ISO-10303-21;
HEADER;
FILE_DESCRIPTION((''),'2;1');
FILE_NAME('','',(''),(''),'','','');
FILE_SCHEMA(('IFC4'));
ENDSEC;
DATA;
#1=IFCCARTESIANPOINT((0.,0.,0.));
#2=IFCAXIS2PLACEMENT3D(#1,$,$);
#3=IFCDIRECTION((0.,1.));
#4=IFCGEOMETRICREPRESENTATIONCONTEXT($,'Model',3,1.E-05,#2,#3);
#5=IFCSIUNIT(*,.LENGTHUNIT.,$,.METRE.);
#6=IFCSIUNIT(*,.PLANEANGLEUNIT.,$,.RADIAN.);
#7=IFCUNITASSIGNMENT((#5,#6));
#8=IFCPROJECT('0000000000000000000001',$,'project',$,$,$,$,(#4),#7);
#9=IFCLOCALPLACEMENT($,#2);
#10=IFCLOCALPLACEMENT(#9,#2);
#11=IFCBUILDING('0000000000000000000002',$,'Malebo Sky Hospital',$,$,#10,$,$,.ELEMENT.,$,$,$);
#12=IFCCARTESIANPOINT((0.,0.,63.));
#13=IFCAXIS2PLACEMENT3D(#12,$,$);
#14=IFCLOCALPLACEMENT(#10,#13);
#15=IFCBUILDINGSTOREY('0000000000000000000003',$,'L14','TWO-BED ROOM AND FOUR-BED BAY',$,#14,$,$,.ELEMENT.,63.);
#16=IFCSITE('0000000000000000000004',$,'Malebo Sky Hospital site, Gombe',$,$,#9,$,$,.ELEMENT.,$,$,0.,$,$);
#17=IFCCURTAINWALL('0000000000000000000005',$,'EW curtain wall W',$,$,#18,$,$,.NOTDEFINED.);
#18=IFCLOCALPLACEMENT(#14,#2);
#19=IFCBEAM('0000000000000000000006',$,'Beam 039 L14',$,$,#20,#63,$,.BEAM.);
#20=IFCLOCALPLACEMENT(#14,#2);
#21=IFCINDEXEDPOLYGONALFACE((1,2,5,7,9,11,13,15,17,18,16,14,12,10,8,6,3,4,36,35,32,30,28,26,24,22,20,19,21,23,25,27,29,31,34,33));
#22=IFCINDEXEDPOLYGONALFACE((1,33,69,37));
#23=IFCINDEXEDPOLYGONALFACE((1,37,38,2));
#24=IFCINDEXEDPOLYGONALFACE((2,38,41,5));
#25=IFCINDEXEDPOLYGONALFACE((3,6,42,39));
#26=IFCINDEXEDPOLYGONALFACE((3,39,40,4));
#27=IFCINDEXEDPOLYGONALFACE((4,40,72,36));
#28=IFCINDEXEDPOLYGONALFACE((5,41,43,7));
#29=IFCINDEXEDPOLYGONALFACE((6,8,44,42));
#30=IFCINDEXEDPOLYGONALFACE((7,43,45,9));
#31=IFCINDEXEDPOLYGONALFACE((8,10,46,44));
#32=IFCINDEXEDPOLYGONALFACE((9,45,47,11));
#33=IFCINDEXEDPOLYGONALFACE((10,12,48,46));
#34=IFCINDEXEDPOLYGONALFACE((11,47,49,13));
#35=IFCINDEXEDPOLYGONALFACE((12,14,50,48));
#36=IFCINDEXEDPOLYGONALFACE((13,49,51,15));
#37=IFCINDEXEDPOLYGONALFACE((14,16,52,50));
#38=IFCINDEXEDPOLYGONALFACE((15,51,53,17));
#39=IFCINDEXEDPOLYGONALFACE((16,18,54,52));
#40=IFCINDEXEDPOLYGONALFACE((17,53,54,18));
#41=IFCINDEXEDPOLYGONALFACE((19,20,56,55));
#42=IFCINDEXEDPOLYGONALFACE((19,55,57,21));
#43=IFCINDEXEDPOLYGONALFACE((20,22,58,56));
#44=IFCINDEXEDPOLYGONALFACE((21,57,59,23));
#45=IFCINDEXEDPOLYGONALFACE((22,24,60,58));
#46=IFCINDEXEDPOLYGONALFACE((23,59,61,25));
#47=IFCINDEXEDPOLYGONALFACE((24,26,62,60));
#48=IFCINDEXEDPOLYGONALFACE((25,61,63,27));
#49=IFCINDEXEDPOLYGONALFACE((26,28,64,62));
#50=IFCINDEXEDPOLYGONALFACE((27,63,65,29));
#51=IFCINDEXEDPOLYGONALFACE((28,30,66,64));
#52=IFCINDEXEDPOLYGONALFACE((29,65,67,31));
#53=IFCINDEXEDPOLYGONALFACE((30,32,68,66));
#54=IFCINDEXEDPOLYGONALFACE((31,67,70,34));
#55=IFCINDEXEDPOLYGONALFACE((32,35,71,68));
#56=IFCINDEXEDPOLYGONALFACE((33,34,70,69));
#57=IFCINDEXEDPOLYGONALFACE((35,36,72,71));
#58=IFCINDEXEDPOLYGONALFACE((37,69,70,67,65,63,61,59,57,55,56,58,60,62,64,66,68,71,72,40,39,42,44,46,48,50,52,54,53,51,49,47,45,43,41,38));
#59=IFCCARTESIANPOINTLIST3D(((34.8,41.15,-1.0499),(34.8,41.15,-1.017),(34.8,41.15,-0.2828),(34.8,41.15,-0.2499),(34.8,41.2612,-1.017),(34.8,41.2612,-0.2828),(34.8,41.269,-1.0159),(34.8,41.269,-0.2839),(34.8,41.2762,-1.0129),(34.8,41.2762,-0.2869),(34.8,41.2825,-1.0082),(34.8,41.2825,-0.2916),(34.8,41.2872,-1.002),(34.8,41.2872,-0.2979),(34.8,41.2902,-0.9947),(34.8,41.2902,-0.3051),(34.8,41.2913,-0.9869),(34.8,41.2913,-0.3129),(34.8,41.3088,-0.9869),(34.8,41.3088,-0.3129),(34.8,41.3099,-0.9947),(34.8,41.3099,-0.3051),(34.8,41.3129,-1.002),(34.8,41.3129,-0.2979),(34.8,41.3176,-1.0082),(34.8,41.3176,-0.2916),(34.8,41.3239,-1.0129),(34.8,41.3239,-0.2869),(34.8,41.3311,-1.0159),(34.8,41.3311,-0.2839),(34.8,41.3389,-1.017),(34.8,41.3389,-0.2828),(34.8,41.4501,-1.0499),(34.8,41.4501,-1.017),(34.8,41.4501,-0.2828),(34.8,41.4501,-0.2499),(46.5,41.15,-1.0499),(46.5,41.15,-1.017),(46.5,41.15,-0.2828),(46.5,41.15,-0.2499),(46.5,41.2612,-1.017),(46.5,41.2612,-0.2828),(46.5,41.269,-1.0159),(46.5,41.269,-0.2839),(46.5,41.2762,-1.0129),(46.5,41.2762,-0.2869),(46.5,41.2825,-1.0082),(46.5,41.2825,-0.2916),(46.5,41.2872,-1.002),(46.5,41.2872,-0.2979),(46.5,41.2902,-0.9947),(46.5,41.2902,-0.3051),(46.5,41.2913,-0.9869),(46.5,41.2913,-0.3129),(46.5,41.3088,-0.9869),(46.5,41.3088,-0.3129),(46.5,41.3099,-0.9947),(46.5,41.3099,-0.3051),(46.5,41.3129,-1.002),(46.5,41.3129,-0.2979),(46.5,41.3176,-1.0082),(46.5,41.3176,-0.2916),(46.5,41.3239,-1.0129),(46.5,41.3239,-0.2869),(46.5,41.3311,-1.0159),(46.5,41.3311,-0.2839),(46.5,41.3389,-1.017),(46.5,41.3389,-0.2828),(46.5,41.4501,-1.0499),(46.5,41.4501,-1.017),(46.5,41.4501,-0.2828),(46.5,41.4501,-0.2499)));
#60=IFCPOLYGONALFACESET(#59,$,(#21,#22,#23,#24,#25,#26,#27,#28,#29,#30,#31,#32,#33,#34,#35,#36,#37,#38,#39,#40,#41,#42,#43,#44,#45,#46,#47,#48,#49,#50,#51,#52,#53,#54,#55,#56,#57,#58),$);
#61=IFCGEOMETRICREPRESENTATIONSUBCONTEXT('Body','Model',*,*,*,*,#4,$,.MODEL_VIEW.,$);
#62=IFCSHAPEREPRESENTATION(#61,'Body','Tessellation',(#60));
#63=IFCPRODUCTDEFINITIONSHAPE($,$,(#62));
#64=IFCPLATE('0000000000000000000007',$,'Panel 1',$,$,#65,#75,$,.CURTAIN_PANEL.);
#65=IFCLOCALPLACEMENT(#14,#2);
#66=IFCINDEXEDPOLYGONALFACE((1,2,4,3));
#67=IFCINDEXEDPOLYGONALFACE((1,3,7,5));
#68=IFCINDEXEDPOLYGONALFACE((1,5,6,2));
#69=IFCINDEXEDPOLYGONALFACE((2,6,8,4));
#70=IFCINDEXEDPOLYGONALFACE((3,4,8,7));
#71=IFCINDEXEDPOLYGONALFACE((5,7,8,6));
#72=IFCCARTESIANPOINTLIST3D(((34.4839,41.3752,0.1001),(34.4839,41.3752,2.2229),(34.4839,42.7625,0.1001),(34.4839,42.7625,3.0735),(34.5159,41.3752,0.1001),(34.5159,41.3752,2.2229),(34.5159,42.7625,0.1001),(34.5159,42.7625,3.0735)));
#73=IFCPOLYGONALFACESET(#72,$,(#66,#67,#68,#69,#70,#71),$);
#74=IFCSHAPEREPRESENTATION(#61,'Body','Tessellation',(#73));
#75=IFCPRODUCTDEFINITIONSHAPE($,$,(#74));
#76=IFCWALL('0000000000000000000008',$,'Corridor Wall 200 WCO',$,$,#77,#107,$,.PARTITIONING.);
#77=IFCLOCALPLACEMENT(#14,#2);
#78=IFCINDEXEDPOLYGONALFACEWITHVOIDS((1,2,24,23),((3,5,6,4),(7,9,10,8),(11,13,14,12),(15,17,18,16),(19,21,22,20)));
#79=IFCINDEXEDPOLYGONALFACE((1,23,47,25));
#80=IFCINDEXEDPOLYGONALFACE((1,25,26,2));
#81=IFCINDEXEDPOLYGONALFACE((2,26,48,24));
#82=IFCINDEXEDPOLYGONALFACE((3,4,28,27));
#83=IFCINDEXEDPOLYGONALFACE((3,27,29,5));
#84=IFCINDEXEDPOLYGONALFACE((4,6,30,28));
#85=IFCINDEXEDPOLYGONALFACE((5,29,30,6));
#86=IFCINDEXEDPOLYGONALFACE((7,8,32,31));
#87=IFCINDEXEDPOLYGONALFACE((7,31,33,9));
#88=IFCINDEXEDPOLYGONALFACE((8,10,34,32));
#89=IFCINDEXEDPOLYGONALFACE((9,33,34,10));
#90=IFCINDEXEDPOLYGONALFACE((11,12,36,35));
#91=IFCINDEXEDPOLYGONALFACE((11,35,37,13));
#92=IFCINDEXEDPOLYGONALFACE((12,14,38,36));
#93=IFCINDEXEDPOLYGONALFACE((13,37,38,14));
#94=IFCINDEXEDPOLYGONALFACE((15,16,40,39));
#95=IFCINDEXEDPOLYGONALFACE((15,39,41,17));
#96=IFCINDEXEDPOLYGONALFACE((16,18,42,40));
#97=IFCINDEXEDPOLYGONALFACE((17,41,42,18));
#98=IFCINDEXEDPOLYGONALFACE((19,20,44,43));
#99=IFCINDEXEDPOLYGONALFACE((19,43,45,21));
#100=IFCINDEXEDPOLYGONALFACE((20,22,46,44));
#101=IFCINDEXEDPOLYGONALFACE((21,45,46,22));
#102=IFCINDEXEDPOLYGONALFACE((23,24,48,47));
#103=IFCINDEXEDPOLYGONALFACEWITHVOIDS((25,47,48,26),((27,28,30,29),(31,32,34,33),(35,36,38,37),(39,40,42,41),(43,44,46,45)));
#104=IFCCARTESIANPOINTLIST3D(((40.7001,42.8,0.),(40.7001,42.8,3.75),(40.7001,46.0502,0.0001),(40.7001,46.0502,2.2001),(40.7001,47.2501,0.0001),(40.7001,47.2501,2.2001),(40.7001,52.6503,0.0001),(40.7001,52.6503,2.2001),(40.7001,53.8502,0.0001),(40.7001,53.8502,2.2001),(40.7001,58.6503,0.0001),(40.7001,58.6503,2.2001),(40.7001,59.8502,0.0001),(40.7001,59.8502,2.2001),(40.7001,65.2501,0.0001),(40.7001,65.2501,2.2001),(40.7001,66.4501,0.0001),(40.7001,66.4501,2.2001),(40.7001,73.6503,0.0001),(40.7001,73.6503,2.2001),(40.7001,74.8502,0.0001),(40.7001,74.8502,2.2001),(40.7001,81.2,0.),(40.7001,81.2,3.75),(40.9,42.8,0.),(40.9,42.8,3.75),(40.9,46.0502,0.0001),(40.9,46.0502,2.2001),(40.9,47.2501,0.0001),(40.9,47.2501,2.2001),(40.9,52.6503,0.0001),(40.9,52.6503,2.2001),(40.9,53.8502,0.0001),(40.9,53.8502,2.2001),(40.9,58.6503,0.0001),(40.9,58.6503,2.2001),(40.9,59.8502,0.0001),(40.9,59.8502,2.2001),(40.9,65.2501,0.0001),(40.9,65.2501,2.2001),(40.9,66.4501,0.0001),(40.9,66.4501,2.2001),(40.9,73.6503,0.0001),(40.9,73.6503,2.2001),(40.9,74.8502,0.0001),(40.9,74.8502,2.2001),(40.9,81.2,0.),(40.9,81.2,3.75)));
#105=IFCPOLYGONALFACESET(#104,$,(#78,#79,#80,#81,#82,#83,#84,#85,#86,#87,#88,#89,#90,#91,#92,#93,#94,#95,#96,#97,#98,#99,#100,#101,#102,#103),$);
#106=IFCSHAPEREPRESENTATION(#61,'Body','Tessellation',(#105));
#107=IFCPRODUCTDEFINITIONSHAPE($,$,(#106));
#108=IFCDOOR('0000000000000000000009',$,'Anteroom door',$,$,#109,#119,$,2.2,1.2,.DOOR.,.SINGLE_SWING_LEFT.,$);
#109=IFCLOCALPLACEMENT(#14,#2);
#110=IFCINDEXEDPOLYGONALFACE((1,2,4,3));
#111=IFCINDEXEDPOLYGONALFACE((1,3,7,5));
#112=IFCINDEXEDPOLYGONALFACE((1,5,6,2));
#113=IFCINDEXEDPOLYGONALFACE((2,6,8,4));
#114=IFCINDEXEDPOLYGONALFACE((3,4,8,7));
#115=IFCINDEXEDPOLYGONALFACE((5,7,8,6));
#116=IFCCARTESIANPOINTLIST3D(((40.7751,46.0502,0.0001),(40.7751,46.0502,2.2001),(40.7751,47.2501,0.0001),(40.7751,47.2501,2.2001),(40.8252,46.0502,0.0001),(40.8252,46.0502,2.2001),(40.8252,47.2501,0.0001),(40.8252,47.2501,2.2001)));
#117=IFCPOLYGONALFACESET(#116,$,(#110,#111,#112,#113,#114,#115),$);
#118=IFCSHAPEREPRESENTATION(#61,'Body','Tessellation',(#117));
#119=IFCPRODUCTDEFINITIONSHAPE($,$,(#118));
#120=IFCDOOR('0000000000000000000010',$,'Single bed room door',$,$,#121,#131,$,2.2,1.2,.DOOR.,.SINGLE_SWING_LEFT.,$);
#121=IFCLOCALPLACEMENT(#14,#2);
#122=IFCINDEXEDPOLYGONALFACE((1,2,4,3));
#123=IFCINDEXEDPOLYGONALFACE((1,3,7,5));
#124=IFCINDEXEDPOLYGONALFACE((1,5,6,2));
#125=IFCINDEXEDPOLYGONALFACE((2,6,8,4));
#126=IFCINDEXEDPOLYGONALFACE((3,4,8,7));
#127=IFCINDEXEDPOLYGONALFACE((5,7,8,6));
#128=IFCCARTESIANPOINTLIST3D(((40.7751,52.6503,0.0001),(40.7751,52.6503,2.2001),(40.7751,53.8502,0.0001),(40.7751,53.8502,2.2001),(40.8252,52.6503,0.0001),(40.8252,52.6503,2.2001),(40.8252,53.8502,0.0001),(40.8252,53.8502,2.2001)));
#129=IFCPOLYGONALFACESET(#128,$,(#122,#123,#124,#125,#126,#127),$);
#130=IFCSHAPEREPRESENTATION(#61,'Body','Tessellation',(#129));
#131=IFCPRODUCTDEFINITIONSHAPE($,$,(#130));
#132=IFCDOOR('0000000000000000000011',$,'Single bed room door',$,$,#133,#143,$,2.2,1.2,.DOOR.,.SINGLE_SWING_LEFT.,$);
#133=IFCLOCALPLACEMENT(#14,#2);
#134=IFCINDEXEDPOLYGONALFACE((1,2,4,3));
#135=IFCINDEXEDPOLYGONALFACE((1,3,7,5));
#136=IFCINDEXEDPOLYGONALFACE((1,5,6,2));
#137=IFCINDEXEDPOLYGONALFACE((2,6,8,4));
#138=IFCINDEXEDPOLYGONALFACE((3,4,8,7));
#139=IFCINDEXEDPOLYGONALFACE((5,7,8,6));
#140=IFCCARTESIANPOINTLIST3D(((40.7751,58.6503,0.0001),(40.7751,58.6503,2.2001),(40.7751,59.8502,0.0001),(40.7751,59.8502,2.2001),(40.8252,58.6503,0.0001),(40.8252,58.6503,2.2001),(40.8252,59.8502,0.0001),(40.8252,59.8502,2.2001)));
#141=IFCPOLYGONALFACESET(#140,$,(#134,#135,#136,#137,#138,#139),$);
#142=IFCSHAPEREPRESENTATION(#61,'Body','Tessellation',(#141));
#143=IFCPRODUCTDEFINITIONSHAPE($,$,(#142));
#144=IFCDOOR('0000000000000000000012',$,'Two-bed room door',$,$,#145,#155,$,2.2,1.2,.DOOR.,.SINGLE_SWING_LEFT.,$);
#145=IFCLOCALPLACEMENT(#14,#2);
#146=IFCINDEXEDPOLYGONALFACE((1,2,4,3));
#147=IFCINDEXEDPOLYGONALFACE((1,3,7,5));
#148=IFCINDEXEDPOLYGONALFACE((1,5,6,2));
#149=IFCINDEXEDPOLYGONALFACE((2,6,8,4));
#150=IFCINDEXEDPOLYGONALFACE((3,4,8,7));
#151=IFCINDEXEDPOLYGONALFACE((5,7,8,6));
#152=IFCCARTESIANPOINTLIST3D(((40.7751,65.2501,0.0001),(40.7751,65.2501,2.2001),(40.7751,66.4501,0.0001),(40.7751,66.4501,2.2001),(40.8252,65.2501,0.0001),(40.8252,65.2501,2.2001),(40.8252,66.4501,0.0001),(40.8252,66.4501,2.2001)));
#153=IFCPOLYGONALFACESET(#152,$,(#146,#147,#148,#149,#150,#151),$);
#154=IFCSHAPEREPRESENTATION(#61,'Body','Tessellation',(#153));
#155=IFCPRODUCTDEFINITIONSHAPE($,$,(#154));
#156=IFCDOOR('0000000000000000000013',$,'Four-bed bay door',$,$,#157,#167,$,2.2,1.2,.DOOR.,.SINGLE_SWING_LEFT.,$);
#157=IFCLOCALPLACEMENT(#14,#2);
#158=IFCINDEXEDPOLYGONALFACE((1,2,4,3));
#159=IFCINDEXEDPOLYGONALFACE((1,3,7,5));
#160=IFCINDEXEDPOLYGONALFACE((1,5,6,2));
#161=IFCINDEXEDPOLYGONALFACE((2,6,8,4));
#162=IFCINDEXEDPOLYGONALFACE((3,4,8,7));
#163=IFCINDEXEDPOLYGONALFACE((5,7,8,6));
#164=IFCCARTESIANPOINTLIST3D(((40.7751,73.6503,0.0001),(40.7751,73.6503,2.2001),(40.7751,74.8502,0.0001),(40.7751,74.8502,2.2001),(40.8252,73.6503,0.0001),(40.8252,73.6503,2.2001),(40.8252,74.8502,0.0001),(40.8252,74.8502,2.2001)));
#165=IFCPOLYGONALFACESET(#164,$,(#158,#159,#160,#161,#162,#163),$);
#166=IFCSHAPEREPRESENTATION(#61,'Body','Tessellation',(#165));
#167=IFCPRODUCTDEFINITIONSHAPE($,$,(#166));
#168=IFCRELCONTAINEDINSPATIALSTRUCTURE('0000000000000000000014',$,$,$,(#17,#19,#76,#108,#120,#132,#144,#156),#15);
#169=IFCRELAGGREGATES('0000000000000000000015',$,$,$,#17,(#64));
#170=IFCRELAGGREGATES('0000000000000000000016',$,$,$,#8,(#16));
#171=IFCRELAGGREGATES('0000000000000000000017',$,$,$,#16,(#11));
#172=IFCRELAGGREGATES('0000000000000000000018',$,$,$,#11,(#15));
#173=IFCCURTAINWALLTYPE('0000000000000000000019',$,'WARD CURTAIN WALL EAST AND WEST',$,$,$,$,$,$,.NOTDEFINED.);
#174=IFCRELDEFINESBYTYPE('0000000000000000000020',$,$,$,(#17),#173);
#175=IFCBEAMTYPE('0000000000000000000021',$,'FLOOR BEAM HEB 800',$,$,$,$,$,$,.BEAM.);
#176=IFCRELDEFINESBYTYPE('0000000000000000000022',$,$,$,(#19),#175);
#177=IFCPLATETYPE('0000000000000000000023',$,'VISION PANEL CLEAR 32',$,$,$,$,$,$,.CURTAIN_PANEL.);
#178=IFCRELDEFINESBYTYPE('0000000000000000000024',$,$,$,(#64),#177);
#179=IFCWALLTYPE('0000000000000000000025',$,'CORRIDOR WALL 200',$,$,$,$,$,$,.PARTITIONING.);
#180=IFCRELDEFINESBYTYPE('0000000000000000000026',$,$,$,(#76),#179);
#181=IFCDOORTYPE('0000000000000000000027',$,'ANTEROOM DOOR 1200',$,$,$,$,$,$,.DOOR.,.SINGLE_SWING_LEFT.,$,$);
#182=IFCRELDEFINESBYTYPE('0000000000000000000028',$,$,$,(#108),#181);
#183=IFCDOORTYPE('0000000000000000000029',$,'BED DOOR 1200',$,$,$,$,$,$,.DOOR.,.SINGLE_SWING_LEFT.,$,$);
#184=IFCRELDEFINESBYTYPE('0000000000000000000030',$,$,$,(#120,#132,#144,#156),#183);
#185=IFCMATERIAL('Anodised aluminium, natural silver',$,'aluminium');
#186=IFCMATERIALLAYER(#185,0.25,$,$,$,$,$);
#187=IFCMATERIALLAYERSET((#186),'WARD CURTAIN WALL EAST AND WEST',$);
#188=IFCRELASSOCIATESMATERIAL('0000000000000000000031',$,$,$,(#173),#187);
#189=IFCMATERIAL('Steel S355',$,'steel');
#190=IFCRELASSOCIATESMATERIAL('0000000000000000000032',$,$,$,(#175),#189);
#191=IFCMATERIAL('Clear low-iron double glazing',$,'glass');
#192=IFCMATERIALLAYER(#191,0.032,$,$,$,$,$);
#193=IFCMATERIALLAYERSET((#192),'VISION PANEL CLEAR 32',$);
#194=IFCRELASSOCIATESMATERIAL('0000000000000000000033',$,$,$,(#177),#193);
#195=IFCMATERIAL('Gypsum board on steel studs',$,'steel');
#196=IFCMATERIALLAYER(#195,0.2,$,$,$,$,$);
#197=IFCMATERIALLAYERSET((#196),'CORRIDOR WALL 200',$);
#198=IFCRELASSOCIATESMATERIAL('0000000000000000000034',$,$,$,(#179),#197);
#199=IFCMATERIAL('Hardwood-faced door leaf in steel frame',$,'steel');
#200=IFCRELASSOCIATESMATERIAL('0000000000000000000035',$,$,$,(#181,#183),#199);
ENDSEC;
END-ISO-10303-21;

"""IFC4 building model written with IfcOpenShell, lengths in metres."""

from ifc_helpers import new_model, si_unit, direction, frame, frame_2d, origin, origin_2d, place, context, subcontext, project, spatial, polyline, rectangle, i_section, outline, extrude, material, layer, layer_set, material_profile, profile_set, type_object, element, fill, aggregate, save


model = new_model("IFC4")

# Units and contexts
model_context = context("Model", 3, precision=1e-05, world=origin(), true_north=direction((0.0, 1.0)))
body_context = subcontext(model_context, "Body", "Model", "MODEL_VIEW")
ifc_project = project(units=[si_unit("LENGTHUNIT", "METRE"), si_unit("PLANEANGLEUNIT", "RADIAN")], contexts=[model_context])

# Site, building, storey
site_placement = place(None, origin())
site = spatial("IfcSite", under=ifc_project, at=site_placement, Name="Malebo Sky Hospital site, Gombe", CompositionType="ELEMENT", RefElevation=0.0)
building_placement = place(site_placement, origin())
building = spatial("IfcBuilding", under=site, at=building_placement, Name="Malebo Sky Hospital", CompositionType="ELEMENT")
storey_placement = place(building_placement, frame((0.0, 0.0, 63.0)))
storey = spatial("IfcBuildingStorey", under=building, at=storey_placement, Name="L14", Description="TWO-BED ROOM AND FOUR-BED BAY", CompositionType="ELEMENT", Elevation=63.0)

# Curtain wall
ifc_material_1 = material(Name="Anodised aluminium, natural silver", Category="aluminium")
ifc_layer_1 = layer(ifc_material_1, 0.25)
ifc_layer_set_1 = layer_set([ifc_layer_1], Name="WARD CURTAIN WALL EAST AND WEST")
curtain_wall_type = type_object("IfcCurtainWallType", Name="WARD CURTAIN WALL EAST AND WEST", PredefinedType="NOTDEFINED", material=ifc_layer_set_1)
curtain_wall_placement = place(storey_placement, origin())
curtain_wall = element("IfcCurtainWall", 1, at=curtain_wall_placement, inside=storey, type_object=curtain_wall_type, Name="EW curtain wall W", PredefinedType="NOTDEFINED")

# Beam
ifc_material_2 = material(Name="Steel S355", Category="steel")
ifc_material_profile_1 = material_profile(ifc_material_2, i_section(OverallWidth=0.3, OverallDepth=0.8, WebThickness=0.0176, FlangeThickness=0.033, FilletRadius=0.03, at=origin_2d()), Name="HEB 800")
ifc_profile_set_1 = profile_set([ifc_material_profile_1], Name="Steel S355")
beam_type_1 = type_object("IfcBeamType", Name="FLOOR BEAM HEB 800", PredefinedType="BEAM", material=ifc_profile_set_1)
for number, where, z_axis, x_axis, name in (
    (2, (34.8, 41.3, -0.6499), (1.0, 0.0, 0.0), (0.0, 1.0, 0.0), "Beam 039 L14"),
):
    element("IfcBeam", number, at=place(storey_placement, frame(where, z_axis=z_axis, x_axis=x_axis)), inside=storey, type_object=beam_type_1, Name=name, PredefinedType="BEAM", context=body_context, shape_type="SweptSolid", body=[
        extrude(i_section(OverallWidth=0.3, OverallDepth=0.8, WebThickness=0.0176, FlangeThickness=0.033, FilletRadius=0.03, at=origin_2d()), origin(), (0.0, 0.0, 1.0), 11.7),
    ])

# Plate
ifc_material_3 = material(Name="Clear low-iron double glazing", Category="glass")
ifc_layer_2 = layer(ifc_material_3, 0.032)
ifc_layer_set_2 = layer_set([ifc_layer_2], Name="VISION PANEL CLEAR 32")
plate_type = type_object("IfcPlateType", Name="VISION PANEL CLEAR 32", PredefinedType="CURTAIN_PANEL", material=ifc_layer_set_2)
plate_placement = place(storey_placement, frame((34.5, 42.0688, 0.1001), z_axis=(0.0, 0.0, 1.0), x_axis=(0.0, 1.0, 0.0)))
plate = element("IfcPlate", 3, at=plate_placement, type_object=plate_type, Name="Panel 1", PredefinedType="CURTAIN_PANEL", context=body_context, shape_type="SweptSolid", body=[
    extrude(outline(polyline([(-0.6936, 0.0), (0.6936, 0.0), (0.6936, 2.9734), (-0.6936, 2.1228), (-0.6936, 0.0)])), frame((0.0, 0.0161, 0.0), z_axis=(0.0, -1.0, 0.0), x_axis=(1.0, 0.0, 0.0)), (0.0, 0.0, 1.0), 0.032),
])
aggregate(curtain_wall, [plate])

# Wall, openings, doors
ifc_material_4 = material(Name="Gypsum board on steel studs", Category="steel")
ifc_layer_3 = layer(ifc_material_4, 0.2)
ifc_layer_set_3 = layer_set([ifc_layer_3], Name="CORRIDOR WALL 200")
wall_type_1 = type_object("IfcWallType", Name="CORRIDOR WALL 200", PredefinedType="PARTITIONING", material=ifc_layer_set_3)
wall_1_placement = place(storey_placement, frame((40.8, 42.8, 0.0), z_axis=(0.0, 0.0, 1.0), x_axis=(0.0, 1.0, 0.0)))
wall_1 = element("IfcWall", 4, at=wall_1_placement, inside=storey, type_object=wall_type_1, Name="Corridor Wall 200 WCO", PredefinedType="PARTITIONING", context=body_context, shape_type="SweptSolid", body=[
    extrude(rectangle(XDim=38.3999, YDim=0.2, at=frame_2d((19.2, 0.0))), origin(), (0.0, 0.0, 1.0), 3.75),
])
opening_1_placement = place(wall_1_placement, frame((3.25, 0.0, 0.0)))
opening_1 = element("IfcOpeningElement", 5, at=opening_1_placement, cuts=wall_1, PredefinedType="OPENING", context=body_context, shape_type="SweptSolid", body=[
    extrude(rectangle(XDim=1.2, YDim=2.2, at=frame_2d((0.6001, 1.1001))), frame((0.0, 0.1099, 0.0), z_axis=(0.0, -1.0, 0.0), x_axis=(1.0, 0.0, 0.0)), (0.0, 0.0, 1.0), 0.22),
])
opening_2_placement = place(wall_1_placement, frame((9.8501, 0.0, 0.0)))
opening_2 = element("IfcOpeningElement", 6, at=opening_2_placement, cuts=wall_1, PredefinedType="OPENING", context=body_context, shape_type="SweptSolid", body=[
    extrude(rectangle(XDim=1.2, YDim=2.2, at=frame_2d((0.6001, 1.1001))), frame((0.0, 0.1099, 0.0), z_axis=(0.0, -1.0, 0.0), x_axis=(1.0, 0.0, 0.0)), (0.0, 0.0, 1.0), 0.22),
])
opening_3_placement = place(wall_1_placement, frame((15.8501, 0.0, 0.0)))
opening_3 = element("IfcOpeningElement", 7, at=opening_3_placement, cuts=wall_1, PredefinedType="OPENING", context=body_context, shape_type="SweptSolid", body=[
    extrude(rectangle(XDim=1.2, YDim=2.2, at=frame_2d((0.6001, 1.1001))), frame((0.0, 0.1099, 0.0), z_axis=(0.0, -1.0, 0.0), x_axis=(1.0, 0.0, 0.0)), (0.0, 0.0, 1.0), 0.22),
])
opening_4_placement = place(wall_1_placement, frame((22.45, 0.0, 0.0)))
opening_4 = element("IfcOpeningElement", 8, at=opening_4_placement, cuts=wall_1, PredefinedType="OPENING", context=body_context, shape_type="SweptSolid", body=[
    extrude(rectangle(XDim=1.2, YDim=2.2, at=frame_2d((0.6001, 1.1001))), frame((0.0, 0.1099, 0.0), z_axis=(0.0, -1.0, 0.0), x_axis=(1.0, 0.0, 0.0)), (0.0, 0.0, 1.0), 0.22),
])
opening_5_placement = place(wall_1_placement, frame((30.8501, 0.0, 0.0)))
opening_5 = element("IfcOpeningElement", 9, at=opening_5_placement, cuts=wall_1, PredefinedType="OPENING", context=body_context, shape_type="SweptSolid", body=[
    extrude(rectangle(XDim=1.2, YDim=2.2, at=frame_2d((0.6001, 1.1001))), frame((0.0, 0.1099, 0.0), z_axis=(0.0, -1.0, 0.0), x_axis=(1.0, 0.0, 0.0)), (0.0, 0.0, 1.0), 0.22),
])
ifc_material_5 = material(Name="Hardwood-faced door leaf in steel frame", Category="steel")
door_type_1 = type_object("IfcDoorType", Name="ANTEROOM DOOR 1200", OperationType="SINGLE_SWING_LEFT", PredefinedType="DOOR", material=ifc_material_5)
door_1_placement = place(opening_1_placement, origin())
door_1 = element("IfcDoor", 10, at=door_1_placement, inside=storey, type_object=door_type_1, Name="Anteroom door", OperationType="SINGLE_SWING_LEFT", OverallHeight=2.2, OverallWidth=1.2, PredefinedType="DOOR", context=body_context, shape_type="SweptSolid", body=[
    extrude(rectangle(XDim=1.2, YDim=2.2, at=frame_2d((0.6001, 1.1001))), frame((0.0, 0.0249, 0.0), z_axis=(0.0, -1.0, 0.0), x_axis=(1.0, 0.0, 0.0)), (0.0, 0.0, 1.0), 0.05),
])
fill(opening_1, door_1)
door_type_2 = type_object("IfcDoorType", Name="BED DOOR 1200", OperationType="SINGLE_SWING_LEFT", PredefinedType="DOOR", material=ifc_material_5)
door_2_placement = place(opening_2_placement, origin())
door_2 = element("IfcDoor", 11, at=door_2_placement, inside=storey, type_object=door_type_2, Name="Single bed room door", OperationType="SINGLE_SWING_LEFT", OverallHeight=2.2, OverallWidth=1.2, PredefinedType="DOOR", context=body_context, shape_type="SweptSolid", body=[
    extrude(rectangle(XDim=1.2, YDim=2.2, at=frame_2d((0.6001, 1.1001))), frame((0.0, 0.0249, 0.0), z_axis=(0.0, -1.0, 0.0), x_axis=(1.0, 0.0, 0.0)), (0.0, 0.0, 1.0), 0.05),
])
fill(opening_2, door_2)
door_3_placement = place(opening_3_placement, origin())
door_3 = element("IfcDoor", 12, at=door_3_placement, inside=storey, type_object=door_type_2, Name="Single bed room door", OperationType="SINGLE_SWING_LEFT", OverallHeight=2.2, OverallWidth=1.2, PredefinedType="DOOR", context=body_context, shape_type="SweptSolid", body=[
    extrude(rectangle(XDim=1.2, YDim=2.2, at=frame_2d((0.6001, 1.1001))), frame((0.0, 0.0249, 0.0), z_axis=(0.0, -1.0, 0.0), x_axis=(1.0, 0.0, 0.0)), (0.0, 0.0, 1.0), 0.05),
])
fill(opening_3, door_3)
door_4_placement = place(opening_4_placement, origin())
door_4 = element("IfcDoor", 13, at=door_4_placement, inside=storey, type_object=door_type_2, Name="Two-bed room door", OperationType="SINGLE_SWING_LEFT", OverallHeight=2.2, OverallWidth=1.2, PredefinedType="DOOR", context=body_context, shape_type="SweptSolid", body=[
    extrude(rectangle(XDim=1.2, YDim=2.2, at=frame_2d((0.6001, 1.1001))), frame((0.0, 0.0249, 0.0), z_axis=(0.0, -1.0, 0.0), x_axis=(1.0, 0.0, 0.0)), (0.0, 0.0, 1.0), 0.05),
])
fill(opening_4, door_4)
door_5_placement = place(opening_5_placement, origin())
door_5 = element("IfcDoor", 14, at=door_5_placement, inside=storey, type_object=door_type_2, Name="Four-bed bay door", OperationType="SINGLE_SWING_LEFT", OverallHeight=2.2, OverallWidth=1.2, PredefinedType="DOOR", context=body_context, shape_type="SweptSolid", body=[
    extrude(rectangle(XDim=1.2, YDim=2.2, at=frame_2d((0.6001, 1.1001))), frame((0.0, 0.0249, 0.0), z_axis=(0.0, -1.0, 0.0), x_axis=(1.0, 0.0, 0.0)), (0.0, 0.0, 1.0), 0.05),
])
fill(opening_5, door_5)

save(model, "model.ifc")
